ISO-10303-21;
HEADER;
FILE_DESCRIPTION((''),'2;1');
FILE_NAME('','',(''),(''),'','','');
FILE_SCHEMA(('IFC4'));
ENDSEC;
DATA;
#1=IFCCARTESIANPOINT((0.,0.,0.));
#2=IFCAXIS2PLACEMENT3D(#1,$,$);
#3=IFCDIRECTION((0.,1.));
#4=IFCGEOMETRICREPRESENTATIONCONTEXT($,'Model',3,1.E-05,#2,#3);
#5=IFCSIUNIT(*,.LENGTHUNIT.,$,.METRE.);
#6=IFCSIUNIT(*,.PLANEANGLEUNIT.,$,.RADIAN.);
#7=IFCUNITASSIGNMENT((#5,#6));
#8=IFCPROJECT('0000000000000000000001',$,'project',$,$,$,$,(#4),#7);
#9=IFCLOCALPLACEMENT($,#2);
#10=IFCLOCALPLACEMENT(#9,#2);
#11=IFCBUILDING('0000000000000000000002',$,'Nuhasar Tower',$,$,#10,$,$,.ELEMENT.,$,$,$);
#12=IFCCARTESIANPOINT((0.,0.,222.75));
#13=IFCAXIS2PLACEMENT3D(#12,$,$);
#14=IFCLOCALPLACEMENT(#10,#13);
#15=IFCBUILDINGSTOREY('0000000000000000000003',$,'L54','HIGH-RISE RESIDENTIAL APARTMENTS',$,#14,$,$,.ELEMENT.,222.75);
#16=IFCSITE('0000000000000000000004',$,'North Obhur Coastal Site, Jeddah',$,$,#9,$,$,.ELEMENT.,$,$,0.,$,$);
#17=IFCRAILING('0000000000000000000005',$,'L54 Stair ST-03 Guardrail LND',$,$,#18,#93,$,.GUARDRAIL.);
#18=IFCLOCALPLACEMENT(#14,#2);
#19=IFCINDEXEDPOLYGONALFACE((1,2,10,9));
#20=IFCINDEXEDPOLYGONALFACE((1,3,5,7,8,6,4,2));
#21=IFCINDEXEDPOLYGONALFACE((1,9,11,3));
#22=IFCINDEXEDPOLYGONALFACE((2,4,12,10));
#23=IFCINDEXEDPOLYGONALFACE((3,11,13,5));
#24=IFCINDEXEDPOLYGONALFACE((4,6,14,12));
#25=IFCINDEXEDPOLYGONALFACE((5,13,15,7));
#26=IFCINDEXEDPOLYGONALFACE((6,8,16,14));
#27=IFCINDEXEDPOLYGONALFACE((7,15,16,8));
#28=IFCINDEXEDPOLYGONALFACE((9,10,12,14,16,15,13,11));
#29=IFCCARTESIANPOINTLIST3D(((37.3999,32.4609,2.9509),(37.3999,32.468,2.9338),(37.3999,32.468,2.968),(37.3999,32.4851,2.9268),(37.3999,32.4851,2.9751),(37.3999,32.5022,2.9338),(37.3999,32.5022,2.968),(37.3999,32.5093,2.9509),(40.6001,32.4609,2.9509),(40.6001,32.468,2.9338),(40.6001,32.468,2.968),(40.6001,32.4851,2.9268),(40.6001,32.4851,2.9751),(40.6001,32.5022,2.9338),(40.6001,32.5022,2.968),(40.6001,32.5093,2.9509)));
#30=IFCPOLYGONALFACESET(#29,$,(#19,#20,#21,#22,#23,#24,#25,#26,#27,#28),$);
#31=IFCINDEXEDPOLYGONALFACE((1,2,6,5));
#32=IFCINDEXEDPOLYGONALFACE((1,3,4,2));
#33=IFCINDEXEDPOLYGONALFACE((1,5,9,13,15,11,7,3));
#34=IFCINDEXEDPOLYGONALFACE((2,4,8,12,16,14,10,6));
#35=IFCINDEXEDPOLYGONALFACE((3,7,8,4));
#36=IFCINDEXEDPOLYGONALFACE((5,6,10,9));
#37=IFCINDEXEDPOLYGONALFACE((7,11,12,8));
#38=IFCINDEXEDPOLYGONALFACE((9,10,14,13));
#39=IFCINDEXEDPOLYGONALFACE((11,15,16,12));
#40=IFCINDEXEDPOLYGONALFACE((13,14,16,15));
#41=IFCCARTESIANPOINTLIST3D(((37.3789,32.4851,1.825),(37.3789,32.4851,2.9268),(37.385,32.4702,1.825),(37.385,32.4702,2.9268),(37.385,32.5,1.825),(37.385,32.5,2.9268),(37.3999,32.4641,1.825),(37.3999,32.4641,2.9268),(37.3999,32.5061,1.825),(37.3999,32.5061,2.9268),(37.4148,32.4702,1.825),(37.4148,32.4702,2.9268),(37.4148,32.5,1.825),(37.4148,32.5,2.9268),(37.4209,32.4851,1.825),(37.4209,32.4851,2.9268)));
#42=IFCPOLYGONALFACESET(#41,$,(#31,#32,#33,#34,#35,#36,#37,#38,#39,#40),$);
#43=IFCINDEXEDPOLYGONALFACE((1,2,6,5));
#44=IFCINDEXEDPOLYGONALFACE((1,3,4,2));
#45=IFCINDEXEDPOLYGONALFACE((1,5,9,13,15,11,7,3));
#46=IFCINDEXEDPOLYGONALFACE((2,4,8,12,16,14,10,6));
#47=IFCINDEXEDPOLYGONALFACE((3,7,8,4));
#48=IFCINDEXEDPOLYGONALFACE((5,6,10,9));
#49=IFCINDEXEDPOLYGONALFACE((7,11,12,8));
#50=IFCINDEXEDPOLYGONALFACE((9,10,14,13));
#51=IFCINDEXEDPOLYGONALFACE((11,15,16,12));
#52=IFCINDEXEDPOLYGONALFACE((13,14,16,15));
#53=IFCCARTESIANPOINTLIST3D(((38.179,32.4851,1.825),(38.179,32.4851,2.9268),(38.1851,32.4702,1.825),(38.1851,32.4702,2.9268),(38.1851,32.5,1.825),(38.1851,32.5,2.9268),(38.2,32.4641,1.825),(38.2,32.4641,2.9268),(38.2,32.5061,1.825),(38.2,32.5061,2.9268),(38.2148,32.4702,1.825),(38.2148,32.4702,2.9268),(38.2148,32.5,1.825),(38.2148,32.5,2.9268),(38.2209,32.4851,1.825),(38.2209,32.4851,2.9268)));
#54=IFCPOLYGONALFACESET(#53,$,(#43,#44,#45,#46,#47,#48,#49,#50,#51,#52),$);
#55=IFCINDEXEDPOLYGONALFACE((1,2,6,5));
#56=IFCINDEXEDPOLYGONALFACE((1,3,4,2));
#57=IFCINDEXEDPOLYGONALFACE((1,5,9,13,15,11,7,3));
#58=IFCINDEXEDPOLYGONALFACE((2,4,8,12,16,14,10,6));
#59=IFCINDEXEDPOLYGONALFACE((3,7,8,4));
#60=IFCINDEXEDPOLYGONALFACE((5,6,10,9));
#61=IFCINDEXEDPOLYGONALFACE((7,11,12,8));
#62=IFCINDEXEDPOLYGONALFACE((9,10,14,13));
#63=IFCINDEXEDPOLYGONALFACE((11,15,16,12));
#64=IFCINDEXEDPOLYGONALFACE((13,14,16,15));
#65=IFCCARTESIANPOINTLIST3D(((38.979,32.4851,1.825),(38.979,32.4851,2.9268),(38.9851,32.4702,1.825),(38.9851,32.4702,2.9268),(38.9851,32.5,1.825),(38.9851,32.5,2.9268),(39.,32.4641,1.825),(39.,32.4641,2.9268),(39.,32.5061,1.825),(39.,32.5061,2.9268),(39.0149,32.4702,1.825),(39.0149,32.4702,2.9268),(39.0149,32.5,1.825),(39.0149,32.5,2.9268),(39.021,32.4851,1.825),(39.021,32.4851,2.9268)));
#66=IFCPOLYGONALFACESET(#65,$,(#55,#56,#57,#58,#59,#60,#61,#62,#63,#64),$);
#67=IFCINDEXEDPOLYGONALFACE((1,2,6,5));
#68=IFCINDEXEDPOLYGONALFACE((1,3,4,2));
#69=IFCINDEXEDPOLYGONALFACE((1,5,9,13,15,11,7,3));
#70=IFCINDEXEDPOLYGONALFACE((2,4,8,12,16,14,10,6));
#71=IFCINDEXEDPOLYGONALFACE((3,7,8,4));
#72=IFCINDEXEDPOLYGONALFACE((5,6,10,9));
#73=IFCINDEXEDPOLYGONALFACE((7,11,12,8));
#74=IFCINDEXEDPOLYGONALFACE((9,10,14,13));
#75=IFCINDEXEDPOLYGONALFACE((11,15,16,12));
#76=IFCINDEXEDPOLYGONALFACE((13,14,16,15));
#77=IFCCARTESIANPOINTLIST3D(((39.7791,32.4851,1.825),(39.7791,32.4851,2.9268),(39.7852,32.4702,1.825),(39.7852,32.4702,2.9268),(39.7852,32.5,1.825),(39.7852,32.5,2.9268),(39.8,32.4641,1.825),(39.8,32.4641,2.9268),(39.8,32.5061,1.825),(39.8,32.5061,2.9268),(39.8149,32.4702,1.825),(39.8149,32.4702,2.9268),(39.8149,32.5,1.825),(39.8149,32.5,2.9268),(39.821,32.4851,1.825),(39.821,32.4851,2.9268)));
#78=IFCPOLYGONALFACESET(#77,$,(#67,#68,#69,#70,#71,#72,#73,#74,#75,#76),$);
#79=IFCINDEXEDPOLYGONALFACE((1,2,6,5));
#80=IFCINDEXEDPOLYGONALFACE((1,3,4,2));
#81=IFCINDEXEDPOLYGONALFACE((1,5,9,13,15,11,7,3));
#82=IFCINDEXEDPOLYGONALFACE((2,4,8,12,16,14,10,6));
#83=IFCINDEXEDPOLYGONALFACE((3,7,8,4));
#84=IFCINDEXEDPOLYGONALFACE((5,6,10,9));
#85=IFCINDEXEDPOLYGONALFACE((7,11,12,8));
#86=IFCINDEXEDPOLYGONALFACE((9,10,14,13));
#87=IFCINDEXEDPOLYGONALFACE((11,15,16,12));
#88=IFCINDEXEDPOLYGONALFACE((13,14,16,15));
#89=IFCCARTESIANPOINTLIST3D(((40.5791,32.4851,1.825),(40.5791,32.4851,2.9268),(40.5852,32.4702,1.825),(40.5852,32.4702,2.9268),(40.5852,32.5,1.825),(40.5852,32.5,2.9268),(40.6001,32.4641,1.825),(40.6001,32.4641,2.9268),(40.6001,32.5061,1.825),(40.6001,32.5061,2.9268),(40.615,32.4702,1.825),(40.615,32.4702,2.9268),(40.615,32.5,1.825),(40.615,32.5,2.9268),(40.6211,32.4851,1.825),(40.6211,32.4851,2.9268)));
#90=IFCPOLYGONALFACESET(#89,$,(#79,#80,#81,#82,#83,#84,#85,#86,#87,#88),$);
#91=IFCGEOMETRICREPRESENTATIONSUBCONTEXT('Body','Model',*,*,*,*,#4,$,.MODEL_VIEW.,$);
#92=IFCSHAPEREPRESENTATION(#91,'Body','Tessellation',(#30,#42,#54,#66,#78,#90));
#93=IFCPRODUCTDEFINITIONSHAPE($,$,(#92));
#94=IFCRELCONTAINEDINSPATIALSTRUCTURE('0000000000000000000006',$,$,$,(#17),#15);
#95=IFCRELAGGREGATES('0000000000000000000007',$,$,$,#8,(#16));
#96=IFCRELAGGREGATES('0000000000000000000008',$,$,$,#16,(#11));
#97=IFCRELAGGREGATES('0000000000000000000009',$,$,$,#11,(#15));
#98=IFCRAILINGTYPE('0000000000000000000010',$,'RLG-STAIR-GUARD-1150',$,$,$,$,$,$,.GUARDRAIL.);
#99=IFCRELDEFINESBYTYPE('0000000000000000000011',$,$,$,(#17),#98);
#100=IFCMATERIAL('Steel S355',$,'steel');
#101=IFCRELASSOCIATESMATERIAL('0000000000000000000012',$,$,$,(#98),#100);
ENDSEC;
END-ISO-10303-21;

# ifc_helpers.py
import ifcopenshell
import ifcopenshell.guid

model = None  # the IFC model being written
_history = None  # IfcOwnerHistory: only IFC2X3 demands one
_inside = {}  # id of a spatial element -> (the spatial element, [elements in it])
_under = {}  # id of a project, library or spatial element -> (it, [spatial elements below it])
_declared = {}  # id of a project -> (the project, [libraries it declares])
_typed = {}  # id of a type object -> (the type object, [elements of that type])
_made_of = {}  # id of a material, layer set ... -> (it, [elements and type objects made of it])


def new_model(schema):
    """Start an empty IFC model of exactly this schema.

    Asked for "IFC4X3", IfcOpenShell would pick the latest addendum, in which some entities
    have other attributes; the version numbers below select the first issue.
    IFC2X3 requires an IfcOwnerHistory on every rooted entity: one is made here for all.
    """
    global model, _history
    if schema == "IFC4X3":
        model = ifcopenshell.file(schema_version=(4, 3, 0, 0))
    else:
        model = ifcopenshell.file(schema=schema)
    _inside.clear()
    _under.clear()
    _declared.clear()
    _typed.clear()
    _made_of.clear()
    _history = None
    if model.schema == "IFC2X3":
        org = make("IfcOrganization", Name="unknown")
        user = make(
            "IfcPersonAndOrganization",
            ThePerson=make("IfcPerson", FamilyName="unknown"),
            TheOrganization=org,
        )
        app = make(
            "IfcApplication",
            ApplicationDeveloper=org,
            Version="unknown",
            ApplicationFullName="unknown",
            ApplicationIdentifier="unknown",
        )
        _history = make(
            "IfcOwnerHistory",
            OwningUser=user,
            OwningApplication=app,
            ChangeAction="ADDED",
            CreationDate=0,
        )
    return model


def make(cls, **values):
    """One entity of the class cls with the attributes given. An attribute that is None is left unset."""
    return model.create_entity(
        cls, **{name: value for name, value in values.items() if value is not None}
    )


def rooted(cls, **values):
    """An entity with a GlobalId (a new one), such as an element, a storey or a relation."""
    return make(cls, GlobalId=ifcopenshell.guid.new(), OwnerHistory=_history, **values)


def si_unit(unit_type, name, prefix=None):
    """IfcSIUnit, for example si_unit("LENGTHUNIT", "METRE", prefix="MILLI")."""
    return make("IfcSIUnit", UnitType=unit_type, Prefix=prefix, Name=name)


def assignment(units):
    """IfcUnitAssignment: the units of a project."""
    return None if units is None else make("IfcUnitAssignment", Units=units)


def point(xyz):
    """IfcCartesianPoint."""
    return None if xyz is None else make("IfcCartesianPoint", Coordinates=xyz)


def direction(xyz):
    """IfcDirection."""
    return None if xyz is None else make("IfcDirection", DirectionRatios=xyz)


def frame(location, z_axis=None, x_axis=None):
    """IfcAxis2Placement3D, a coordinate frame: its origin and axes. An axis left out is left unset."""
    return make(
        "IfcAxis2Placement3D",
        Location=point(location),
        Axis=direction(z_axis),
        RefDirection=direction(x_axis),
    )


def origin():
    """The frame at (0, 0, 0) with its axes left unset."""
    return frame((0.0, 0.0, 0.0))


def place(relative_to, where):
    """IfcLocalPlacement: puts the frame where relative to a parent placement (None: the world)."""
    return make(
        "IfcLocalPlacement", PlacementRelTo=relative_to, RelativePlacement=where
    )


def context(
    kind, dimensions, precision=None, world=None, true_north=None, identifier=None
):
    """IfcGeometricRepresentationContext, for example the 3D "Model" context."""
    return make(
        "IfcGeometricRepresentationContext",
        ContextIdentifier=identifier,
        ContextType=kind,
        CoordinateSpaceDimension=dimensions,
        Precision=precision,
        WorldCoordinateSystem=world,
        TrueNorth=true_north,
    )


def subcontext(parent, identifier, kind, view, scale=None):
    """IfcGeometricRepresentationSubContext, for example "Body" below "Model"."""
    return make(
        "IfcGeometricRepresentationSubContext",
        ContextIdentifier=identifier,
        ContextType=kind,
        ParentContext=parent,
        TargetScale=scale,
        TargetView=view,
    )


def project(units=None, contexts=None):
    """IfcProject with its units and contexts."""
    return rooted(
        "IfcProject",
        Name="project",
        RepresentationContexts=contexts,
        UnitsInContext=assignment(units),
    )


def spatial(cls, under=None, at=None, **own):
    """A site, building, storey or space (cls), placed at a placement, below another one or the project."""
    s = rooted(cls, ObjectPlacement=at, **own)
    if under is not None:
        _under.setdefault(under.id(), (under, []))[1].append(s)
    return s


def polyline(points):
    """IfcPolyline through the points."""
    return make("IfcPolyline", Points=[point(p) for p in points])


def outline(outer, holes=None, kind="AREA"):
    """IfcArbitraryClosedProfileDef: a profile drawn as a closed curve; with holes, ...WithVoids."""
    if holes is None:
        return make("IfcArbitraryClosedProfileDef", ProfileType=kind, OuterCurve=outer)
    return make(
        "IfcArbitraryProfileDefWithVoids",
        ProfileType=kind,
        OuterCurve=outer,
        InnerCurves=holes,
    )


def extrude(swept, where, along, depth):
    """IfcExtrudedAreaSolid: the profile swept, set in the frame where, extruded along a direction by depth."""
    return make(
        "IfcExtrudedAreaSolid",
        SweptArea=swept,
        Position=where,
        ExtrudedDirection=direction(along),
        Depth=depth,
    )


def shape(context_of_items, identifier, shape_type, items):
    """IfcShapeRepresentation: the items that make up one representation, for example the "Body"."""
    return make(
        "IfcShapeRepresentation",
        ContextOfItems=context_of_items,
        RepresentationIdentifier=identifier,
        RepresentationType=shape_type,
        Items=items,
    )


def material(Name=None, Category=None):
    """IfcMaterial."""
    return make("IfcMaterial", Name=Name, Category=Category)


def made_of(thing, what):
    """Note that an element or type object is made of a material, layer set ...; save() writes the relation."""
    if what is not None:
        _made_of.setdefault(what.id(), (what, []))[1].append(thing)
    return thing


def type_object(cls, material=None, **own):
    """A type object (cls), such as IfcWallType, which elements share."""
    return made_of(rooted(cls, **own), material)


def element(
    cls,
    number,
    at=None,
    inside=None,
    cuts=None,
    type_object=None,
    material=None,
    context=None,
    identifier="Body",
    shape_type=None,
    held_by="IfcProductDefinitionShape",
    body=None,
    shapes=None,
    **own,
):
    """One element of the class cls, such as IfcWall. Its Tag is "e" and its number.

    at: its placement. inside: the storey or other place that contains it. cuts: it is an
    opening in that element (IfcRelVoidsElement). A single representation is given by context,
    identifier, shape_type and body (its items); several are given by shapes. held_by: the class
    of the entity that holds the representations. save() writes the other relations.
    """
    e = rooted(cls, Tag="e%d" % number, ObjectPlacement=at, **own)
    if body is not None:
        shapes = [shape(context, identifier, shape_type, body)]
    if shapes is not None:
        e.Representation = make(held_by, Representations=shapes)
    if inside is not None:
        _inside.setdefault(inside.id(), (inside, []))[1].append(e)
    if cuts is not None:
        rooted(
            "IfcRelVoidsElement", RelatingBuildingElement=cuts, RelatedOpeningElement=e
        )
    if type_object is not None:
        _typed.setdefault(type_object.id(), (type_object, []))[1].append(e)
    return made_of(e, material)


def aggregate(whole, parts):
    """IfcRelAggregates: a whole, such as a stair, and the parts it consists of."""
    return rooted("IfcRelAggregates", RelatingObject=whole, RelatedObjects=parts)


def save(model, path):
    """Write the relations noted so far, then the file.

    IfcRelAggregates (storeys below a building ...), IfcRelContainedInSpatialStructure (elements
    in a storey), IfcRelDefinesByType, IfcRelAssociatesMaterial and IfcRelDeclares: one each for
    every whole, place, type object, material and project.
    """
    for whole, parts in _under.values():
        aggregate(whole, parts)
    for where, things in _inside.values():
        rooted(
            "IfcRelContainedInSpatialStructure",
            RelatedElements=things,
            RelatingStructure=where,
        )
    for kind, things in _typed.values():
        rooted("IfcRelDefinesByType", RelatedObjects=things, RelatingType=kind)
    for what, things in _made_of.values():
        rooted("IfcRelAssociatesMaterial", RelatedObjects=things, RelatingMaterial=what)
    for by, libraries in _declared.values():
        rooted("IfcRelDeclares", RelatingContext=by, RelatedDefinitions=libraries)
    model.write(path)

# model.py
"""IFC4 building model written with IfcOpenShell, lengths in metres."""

from ifc_helpers import new_model, si_unit, direction, frame, origin, place, context, subcontext, project, spatial, polyline, outline, extrude, material, type_object, element, save


model = new_model("IFC4")

# Units and contexts
model_context = context("Model", 3, precision=1e-05, world=origin(), true_north=direction((0.0, 1.0)))
body_context = subcontext(model_context, "Body", "Model", "MODEL_VIEW")
ifc_project = project(units=[si_unit("LENGTHUNIT", "METRE"), si_unit("PLANEANGLEUNIT", "RADIAN")], contexts=[model_context])

# Site, building, storey
site_placement = place(None, origin())
site = spatial("IfcSite", under=ifc_project, at=site_placement, Name="North Obhur Coastal Site, Jeddah", CompositionType="ELEMENT", RefElevation=0.0)
building_placement = place(site_placement, origin())
building = spatial("IfcBuilding", under=site, at=building_placement, Name="Nuhasar Tower", CompositionType="ELEMENT")
storey_placement = place(building_placement, frame((0.0, 0.0, 222.75)))
storey = spatial("IfcBuildingStorey", under=building, at=storey_placement, Name="L54", Description="HIGH-RISE RESIDENTIAL APARTMENTS", CompositionType="ELEMENT", Elevation=222.75)

# Shared definitions
ifc_material_1 = material(Name="Steel S355", Category="steel")

# Railing
railing_type_1 = type_object("IfcRailingType", Name="RLG-STAIR-GUARD-1150", PredefinedType="GUARDRAIL", material=ifc_material_1)
railing_1_placement = place(storey_placement, frame((37.3999, 32.4851, 1.825)))
element("IfcRailing", 1, at=railing_1_placement, inside=storey, type_object=railing_type_1, Name="L54 Stair ST-03 Guardrail LND", PredefinedType="GUARDRAIL", context=body_context, shape_type="SweptSolid", body=[
    extrude(outline(polyline([(0.0242, 0.0), (0.0171, 0.0171), (0.0, 0.0242), (-0.0171, 0.0171), (-0.0242, 0.0), (-0.0171, -0.0171), (0.0, -0.0242), (0.0171, -0.0171), (0.0242, 0.0)])), frame((0.0, 0.0, 1.126), z_axis=(1.0, 0.0, 0.0), x_axis=(0.0, 1.0, 0.0)), (0.0, 0.0, 1.0), 3.2002),
    extrude(outline(polyline([(0.021, 0.0), (0.0149, 0.0149), (0.0, 0.021), (-0.0149, 0.0149), (-0.021, 0.0), (-0.0149, -0.0149), (0.0, -0.021), (0.0149, -0.0149), (0.021, 0.0)])), origin(), (0.0, 0.0, 1.0), 1.1018),
    extrude(outline(polyline([(0.021, 0.0), (0.0149, 0.0149), (0.0, 0.021), (-0.0149, 0.0149), (-0.021, 0.0), (-0.0149, -0.0149), (0.0, -0.021), (0.0149, -0.0149), (0.021, 0.0)])), frame((0.8, 0.0, 0.0)), (0.0, 0.0, 1.0), 1.1018),
    extrude(outline(polyline([(0.021, 0.0), (0.0149, 0.0149), (0.0, 0.021), (-0.0149, 0.0149), (-0.021, 0.0), (-0.0149, -0.0149), (0.0, -0.021), (0.0149, -0.0149), (0.021, 0.0)])), frame((1.6001, 0.0, 0.0)), (0.0, 0.0, 1.0), 1.1018),
    extrude(outline(polyline([(0.021, 0.0), (0.0149, 0.0149), (0.0, 0.021), (-0.0149, 0.0149), (-0.021, 0.0), (-0.0149, -0.0149), (0.0, -0.021), (0.0149, -0.0149), (0.021, 0.0)])), frame((2.4001, 0.0, 0.0)), (0.0, 0.0, 1.0), 1.1018),
    extrude(outline(polyline([(0.021, 0.0), (0.0149, 0.0149), (0.0, 0.021), (-0.0149, 0.0149), (-0.021, 0.0), (-0.0149, -0.0149), (0.0, -0.021), (0.0149, -0.0149), (0.021, 0.0)])), frame((3.2002, 0.0, 0.0)), (0.0, 0.0, 1.0), 1.1018),
])

save(model, "model.ifc")
